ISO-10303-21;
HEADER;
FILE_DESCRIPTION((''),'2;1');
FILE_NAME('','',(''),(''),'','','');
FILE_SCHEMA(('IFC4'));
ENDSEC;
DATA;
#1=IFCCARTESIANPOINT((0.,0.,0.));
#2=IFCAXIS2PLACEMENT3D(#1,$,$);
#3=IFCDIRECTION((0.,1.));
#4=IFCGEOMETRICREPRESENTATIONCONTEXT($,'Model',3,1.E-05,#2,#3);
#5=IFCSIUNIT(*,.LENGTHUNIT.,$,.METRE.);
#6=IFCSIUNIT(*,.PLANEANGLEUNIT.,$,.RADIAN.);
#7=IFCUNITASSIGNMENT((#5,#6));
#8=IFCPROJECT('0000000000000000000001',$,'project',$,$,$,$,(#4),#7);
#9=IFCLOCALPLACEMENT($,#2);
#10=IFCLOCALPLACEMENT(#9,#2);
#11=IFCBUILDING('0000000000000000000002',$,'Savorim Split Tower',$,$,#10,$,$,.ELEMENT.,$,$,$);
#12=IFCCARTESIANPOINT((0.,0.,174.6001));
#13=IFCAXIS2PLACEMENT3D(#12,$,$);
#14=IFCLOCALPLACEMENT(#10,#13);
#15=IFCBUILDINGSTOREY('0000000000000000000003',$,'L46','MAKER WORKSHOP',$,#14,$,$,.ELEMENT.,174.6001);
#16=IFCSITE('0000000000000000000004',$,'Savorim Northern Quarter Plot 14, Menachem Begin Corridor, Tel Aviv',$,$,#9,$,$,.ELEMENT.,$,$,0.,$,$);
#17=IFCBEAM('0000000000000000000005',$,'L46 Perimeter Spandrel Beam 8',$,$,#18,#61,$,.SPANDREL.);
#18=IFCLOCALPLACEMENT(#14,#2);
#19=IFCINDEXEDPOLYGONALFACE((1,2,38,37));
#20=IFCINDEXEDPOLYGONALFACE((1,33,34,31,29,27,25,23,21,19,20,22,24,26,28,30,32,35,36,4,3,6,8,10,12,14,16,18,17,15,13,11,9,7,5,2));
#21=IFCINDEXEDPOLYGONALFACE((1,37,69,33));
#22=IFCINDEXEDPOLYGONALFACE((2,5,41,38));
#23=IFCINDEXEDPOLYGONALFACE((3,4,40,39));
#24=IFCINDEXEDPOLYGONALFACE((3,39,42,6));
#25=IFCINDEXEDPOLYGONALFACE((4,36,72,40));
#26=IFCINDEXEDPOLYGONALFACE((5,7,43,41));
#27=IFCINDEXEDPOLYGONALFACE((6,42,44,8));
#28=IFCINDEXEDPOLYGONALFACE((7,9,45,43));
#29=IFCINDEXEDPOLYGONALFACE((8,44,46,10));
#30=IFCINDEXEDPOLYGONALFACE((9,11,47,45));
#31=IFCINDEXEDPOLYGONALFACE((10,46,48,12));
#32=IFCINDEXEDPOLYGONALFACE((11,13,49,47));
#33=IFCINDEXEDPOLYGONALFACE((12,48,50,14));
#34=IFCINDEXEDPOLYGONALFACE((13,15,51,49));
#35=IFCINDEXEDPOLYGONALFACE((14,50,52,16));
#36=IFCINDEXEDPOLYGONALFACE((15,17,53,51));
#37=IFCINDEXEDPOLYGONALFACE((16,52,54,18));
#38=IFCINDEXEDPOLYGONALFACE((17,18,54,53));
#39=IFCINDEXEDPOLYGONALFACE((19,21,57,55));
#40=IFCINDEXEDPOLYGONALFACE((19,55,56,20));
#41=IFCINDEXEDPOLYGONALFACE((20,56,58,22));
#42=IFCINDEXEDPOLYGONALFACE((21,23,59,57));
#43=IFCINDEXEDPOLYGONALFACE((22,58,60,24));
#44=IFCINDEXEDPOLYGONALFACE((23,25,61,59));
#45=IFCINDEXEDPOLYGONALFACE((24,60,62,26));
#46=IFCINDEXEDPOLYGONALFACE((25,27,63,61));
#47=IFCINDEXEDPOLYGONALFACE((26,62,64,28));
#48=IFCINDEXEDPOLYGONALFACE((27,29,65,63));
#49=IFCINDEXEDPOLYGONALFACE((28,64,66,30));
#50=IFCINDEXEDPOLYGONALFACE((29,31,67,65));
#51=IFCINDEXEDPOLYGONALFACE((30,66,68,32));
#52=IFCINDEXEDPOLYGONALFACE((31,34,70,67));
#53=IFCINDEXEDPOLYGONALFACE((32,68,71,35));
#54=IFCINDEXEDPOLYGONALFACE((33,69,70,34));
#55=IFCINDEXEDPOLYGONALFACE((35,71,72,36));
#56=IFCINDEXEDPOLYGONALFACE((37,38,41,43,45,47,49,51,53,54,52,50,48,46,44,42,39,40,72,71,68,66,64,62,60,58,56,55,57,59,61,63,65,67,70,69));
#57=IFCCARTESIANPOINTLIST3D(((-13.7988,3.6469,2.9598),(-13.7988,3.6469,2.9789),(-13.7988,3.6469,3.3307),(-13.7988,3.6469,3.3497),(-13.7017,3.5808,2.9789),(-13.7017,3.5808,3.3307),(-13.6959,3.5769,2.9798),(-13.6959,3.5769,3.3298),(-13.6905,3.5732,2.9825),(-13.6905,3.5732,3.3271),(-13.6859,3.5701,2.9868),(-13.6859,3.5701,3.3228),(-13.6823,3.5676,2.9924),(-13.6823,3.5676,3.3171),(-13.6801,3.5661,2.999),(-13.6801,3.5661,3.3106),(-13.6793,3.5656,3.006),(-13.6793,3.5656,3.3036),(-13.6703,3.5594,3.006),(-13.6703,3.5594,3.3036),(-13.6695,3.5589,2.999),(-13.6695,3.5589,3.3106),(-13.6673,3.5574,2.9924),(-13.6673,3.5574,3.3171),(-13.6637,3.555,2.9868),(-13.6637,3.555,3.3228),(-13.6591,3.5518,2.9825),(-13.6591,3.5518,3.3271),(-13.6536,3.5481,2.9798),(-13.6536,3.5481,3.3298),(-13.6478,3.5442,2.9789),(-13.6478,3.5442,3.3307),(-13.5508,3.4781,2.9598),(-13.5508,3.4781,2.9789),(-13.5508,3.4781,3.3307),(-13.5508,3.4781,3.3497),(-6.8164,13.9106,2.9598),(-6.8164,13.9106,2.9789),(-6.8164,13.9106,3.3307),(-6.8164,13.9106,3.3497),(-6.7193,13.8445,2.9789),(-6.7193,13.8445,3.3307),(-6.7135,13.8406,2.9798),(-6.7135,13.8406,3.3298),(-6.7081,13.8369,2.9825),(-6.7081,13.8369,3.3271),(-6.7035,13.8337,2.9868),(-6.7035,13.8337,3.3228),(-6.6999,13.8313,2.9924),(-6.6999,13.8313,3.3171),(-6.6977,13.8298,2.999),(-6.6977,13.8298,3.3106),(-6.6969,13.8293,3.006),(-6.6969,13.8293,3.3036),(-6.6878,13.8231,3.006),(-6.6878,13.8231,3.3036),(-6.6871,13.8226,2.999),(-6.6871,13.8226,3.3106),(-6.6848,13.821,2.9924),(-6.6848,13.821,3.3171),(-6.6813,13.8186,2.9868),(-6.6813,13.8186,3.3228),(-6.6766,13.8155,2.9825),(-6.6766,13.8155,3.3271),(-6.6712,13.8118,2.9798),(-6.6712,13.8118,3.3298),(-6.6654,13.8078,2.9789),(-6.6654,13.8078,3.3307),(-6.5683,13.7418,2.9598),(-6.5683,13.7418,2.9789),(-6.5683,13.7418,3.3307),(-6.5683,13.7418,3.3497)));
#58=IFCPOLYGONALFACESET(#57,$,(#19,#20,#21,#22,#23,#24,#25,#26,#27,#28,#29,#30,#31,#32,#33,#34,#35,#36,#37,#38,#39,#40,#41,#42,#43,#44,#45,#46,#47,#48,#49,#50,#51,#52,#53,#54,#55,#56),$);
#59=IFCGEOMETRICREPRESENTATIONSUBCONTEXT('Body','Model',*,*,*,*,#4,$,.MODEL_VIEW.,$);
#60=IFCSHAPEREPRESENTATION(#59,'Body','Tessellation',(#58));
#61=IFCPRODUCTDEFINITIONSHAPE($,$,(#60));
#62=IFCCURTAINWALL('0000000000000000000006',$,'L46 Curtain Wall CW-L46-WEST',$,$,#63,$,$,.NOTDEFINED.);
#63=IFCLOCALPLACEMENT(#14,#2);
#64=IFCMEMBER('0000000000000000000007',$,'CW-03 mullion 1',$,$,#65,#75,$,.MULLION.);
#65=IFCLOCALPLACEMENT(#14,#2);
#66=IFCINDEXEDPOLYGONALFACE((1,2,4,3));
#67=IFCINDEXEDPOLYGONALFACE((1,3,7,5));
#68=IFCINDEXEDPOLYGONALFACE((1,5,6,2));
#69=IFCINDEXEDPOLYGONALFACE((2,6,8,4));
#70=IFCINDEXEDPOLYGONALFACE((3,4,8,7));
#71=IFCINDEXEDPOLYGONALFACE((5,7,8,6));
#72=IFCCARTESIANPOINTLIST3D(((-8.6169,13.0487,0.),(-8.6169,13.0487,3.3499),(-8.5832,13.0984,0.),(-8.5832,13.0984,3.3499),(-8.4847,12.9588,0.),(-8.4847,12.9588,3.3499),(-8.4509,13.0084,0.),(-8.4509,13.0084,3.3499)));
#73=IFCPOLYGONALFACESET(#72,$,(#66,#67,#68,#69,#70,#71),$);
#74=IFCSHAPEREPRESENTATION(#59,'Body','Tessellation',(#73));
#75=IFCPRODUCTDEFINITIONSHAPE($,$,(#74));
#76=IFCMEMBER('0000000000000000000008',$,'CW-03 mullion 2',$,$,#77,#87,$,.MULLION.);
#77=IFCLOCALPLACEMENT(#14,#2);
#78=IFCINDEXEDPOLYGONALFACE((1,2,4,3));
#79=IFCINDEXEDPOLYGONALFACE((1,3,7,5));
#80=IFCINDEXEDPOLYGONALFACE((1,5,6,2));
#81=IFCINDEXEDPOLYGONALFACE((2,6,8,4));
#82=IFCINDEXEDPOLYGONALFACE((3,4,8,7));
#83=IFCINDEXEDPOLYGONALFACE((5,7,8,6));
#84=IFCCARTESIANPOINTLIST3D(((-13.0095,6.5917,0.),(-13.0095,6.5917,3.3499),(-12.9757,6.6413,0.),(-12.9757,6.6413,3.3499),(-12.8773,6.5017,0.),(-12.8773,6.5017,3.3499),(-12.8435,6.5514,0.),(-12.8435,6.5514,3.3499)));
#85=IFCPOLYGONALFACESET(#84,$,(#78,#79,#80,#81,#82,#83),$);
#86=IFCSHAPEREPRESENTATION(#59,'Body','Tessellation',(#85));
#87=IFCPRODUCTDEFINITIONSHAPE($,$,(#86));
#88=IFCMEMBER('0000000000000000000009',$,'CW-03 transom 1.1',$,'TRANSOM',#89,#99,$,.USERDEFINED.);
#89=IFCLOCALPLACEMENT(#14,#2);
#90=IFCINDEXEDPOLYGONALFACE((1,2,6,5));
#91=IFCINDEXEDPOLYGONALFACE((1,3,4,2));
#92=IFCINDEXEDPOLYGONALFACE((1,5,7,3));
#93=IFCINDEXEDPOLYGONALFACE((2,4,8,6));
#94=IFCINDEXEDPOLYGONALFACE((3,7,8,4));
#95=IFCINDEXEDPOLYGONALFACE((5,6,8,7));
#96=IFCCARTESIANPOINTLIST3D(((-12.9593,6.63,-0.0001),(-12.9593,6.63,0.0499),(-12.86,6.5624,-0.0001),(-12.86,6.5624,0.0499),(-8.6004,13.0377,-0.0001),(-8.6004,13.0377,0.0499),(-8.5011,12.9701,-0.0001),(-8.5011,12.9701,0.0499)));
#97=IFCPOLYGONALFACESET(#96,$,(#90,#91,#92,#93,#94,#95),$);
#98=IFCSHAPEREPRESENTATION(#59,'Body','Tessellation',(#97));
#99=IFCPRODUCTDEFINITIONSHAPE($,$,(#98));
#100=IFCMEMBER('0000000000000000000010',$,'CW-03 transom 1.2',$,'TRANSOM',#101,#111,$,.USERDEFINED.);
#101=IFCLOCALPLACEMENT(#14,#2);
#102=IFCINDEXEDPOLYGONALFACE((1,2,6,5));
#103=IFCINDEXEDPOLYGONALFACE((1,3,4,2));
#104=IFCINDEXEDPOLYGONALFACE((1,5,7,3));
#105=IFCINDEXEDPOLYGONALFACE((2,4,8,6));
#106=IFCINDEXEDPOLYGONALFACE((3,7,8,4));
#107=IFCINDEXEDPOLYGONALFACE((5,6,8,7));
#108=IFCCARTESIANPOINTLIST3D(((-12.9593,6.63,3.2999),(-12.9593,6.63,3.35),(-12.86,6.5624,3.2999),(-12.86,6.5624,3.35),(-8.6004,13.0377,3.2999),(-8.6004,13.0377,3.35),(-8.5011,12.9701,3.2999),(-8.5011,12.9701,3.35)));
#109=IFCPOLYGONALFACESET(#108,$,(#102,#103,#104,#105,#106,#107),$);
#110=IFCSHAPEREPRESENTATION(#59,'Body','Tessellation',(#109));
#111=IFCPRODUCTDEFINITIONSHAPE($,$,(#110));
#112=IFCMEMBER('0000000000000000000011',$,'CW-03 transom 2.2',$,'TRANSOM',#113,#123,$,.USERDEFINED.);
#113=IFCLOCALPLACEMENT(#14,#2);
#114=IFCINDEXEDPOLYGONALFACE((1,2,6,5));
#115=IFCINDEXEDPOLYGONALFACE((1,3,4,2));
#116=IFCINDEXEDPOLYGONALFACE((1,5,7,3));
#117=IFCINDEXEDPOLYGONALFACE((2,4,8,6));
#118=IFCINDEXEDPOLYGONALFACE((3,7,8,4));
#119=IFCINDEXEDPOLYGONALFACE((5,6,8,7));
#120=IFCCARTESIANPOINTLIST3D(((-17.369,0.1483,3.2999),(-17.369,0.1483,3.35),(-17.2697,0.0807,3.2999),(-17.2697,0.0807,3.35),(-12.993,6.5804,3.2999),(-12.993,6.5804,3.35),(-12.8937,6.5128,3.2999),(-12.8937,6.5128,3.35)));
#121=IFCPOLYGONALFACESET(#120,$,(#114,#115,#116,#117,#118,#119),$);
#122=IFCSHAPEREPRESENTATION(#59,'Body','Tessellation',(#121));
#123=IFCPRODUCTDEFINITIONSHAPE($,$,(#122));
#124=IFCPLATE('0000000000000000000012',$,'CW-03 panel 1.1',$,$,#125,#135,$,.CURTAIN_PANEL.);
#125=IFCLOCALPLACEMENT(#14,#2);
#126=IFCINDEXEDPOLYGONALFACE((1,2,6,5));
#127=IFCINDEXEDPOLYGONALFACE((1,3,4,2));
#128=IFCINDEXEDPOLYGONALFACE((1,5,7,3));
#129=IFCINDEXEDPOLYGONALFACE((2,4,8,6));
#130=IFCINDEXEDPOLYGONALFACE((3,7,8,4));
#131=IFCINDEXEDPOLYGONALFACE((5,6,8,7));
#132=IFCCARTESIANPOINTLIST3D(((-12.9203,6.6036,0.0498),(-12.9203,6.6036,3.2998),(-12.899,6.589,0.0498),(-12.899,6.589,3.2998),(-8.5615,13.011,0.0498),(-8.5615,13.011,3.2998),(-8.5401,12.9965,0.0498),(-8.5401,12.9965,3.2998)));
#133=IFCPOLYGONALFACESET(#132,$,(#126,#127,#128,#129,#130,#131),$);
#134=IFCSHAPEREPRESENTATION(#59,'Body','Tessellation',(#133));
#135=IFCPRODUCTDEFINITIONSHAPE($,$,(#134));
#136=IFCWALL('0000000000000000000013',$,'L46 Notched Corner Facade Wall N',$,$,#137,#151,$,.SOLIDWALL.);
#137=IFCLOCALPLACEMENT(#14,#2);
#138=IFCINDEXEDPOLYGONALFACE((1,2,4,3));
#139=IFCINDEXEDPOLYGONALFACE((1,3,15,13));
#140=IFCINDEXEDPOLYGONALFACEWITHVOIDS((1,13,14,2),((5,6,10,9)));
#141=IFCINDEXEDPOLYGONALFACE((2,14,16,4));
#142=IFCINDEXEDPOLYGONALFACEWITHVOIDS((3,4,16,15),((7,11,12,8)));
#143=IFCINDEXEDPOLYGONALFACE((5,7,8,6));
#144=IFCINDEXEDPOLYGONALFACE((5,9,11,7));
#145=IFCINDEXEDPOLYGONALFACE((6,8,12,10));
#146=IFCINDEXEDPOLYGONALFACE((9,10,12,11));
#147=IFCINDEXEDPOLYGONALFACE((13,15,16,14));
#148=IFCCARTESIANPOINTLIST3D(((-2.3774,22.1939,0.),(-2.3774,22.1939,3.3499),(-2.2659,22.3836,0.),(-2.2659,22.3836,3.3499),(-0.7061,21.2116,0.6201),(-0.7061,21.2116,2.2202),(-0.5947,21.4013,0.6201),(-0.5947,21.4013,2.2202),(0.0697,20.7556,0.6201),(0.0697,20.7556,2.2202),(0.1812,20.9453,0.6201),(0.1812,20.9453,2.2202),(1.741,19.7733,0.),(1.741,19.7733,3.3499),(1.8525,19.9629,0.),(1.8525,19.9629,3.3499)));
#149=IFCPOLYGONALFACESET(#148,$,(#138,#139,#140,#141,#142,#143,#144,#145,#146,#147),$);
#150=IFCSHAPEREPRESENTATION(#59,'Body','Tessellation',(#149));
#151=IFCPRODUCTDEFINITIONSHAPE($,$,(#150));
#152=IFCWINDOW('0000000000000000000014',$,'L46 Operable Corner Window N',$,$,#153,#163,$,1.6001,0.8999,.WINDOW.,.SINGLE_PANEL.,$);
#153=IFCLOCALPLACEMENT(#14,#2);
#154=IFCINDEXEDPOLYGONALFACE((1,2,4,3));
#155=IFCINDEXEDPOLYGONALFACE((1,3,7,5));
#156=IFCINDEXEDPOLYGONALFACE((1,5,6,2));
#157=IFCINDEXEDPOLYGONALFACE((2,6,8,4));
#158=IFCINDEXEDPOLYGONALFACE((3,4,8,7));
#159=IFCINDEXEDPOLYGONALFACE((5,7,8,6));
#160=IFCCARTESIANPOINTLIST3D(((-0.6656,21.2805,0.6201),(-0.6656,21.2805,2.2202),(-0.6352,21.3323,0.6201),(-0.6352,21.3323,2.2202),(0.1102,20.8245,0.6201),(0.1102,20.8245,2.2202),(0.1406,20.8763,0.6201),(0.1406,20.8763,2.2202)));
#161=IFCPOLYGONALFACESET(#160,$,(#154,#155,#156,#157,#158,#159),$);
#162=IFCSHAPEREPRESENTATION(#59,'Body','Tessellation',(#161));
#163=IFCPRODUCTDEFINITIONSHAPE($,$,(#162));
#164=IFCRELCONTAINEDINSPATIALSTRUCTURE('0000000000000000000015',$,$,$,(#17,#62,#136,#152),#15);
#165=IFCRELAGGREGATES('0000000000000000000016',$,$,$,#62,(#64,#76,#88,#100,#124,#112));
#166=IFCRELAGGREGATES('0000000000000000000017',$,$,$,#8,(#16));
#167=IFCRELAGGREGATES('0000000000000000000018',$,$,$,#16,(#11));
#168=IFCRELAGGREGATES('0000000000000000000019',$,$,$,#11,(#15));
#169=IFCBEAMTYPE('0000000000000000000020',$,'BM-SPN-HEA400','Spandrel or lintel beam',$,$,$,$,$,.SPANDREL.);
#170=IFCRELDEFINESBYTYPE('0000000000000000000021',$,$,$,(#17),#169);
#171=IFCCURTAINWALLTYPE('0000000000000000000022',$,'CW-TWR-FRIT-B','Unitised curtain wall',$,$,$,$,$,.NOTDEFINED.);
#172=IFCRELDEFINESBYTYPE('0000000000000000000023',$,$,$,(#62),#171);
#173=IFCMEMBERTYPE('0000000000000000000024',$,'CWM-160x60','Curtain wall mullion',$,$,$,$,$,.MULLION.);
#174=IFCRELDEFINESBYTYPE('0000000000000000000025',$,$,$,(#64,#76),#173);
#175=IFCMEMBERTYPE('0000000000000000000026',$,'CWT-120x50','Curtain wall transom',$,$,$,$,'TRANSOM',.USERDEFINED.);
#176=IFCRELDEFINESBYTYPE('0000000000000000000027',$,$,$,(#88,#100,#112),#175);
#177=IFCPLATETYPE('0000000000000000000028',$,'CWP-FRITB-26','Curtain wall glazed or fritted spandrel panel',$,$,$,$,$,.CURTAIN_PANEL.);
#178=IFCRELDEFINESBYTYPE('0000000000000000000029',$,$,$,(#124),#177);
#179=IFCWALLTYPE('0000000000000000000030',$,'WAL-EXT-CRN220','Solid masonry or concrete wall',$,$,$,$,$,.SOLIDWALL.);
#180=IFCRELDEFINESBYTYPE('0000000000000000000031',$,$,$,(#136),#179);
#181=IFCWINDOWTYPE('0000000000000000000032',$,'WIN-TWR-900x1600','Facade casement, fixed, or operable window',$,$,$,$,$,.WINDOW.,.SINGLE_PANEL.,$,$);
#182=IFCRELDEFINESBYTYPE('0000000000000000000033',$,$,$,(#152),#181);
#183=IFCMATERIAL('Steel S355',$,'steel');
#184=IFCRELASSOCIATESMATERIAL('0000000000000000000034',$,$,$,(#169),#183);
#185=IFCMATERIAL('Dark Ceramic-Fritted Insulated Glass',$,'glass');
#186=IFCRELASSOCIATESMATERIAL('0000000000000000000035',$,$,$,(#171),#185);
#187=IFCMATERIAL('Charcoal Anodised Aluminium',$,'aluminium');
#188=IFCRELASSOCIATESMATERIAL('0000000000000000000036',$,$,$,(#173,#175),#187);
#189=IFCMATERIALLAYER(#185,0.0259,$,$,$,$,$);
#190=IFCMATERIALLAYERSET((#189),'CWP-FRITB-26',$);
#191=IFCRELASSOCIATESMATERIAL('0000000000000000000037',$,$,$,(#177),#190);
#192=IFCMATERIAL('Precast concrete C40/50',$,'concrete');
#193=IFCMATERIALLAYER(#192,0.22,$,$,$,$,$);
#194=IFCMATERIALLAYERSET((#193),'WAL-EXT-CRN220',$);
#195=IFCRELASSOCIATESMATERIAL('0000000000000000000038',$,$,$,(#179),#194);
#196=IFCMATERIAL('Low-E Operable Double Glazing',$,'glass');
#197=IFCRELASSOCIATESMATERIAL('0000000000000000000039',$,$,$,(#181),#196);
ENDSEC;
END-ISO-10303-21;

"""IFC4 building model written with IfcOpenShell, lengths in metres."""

from ifc_helpers import new_model, si_unit, direction, frame, frame_2d, origin, origin_2d, place, context, subcontext, project, spatial, rectangle, i_section, extrude, material, layer, layer_set, material_profile, profile_set, type_object, element, fill, aggregate, save


model = new_model("IFC4")

# Units and contexts
model_context = context("Model", 3, precision=1e-05, world=origin(), true_north=direction((0.0, 1.0)))
body_context = subcontext(model_context, "Body", "Model", "MODEL_VIEW")
ifc_project = project(units=[si_unit("LENGTHUNIT", "METRE"), si_unit("PLANEANGLEUNIT", "RADIAN")], contexts=[model_context])

# Site, building, storey
site_placement = place(None, origin())
site = spatial("IfcSite", under=ifc_project, at=site_placement, Name="Savorim Northern Quarter Plot 14, Menachem Begin Corridor, Tel Aviv", CompositionType="ELEMENT", RefElevation=0.0)
building_placement = place(site_placement, origin())
building = spatial("IfcBuilding", under=site, at=building_placement, Name="Savorim Split Tower", CompositionType="ELEMENT")
storey_placement = place(building_placement, frame((0.0, 0.0, 174.6001)))
storey = spatial("IfcBuildingStorey", under=building, at=storey_placement, Name="L46", Description="MAKER WORKSHOP", CompositionType="ELEMENT", Elevation=174.6001)

# Beam
ifc_material_1 = material(Name="Steel S355", Category="steel")
ifc_material_profile_1 = material_profile(ifc_material_1, i_section(OverallWidth=0.3, OverallDepth=0.3899, WebThickness=0.011, FlangeThickness=0.019, FilletRadius=0.0271, at=origin_2d()), Name="HEA 400")
ifc_profile_set_1 = profile_set([ifc_material_profile_1], Name="Steel S355")
beam_type_1 = type_object("IfcBeamType", Name="BM-SPN-HEA400", Description="Spandrel or lintel beam", PredefinedType="SPANDREL", material=ifc_profile_set_1)
beam_1_placement = place(storey_placement, frame((-6.6924, 13.8262, 3.1548), z_axis=(-0.562482, -0.826809, 0.0), x_axis=(0.826809, -0.562482, 0.0)))
element("IfcBeam", 1, at=beam_1_placement, inside=storey, type_object=beam_type_1, Name="L46 Perimeter Spandrel Beam 8", PredefinedType="SPANDREL", context=body_context, shape_type="SweptSolid", body=[
    extrude(i_section(OverallWidth=0.3, OverallDepth=0.3899, WebThickness=0.011, FlangeThickness=0.019, FilletRadius=0.0271, at=origin_2d()), origin(), (0.0, 0.0, 1.0), 12.4136),
])

# Curtain wall, members, plate
ifc_material_2 = material(Name="Dark Ceramic-Fritted Insulated Glass", Category="glass")
curtain_wall_type = type_object("IfcCurtainWallType", Name="CW-TWR-FRIT-B", Description="Unitised curtain wall", PredefinedType="NOTDEFINED", material=ifc_material_2)
curtain_wall_placement = place(storey_placement, origin())
curtain_wall = element("IfcCurtainWall", 2, at=curtain_wall_placement, inside=storey, type_object=curtain_wall_type, Name="L46 Curtain Wall CW-L46-WEST", PredefinedType="NOTDEFINED")
ifc_material_3 = material(Name="Charcoal Anodised Aluminium", Category="aluminium")
ifc_material_profile_2 = material_profile(ifc_material_3, rectangle(XDim=0.1599, YDim=0.0601, at=origin_2d()), Name="ALU-M 160x60")
ifc_profile_set_2 = profile_set([ifc_material_profile_2], Name="Charcoal Anodised Aluminium")
member_type_1 = type_object("IfcMemberType", Name="CWM-160x60", Description="Curtain wall mullion", PredefinedType="MULLION", material=ifc_profile_set_2)
member_1_placement = place(storey_placement, frame((-8.5339, 13.0286, 0.0), z_axis=(0.0, 0.0, 1.0), x_axis=(0.826819, -0.562468, 0.0)))
member_1 = element("IfcMember", 3, at=member_1_placement, type_object=member_type_1, Name="CW-03 mullion 1", PredefinedType="MULLION", context=body_context, shape_type="SweptSolid", body=[
    extrude(rectangle(XDim=0.1599, YDim=0.0601, at=origin_2d()), origin(), (0.0, 0.0, 1.0), 3.3499),
])
member_2_placement = place(storey_placement, frame((-12.9265, 6.5715, 0.0), z_axis=(0.0, 0.0, 1.0), x_axis=(0.826819, -0.562468, 0.0)))
member_2 = element("IfcMember", 4, at=member_2_placement, type_object=member_type_1, Name="CW-03 mullion 2", PredefinedType="MULLION", context=body_context, shape_type="SweptSolid", body=[
    extrude(rectangle(XDim=0.1599, YDim=0.0601, at=origin_2d()), origin(), (0.0, 0.0, 1.0), 3.3499),
])
ifc_material_profile_3 = material_profile(ifc_material_3, rectangle(XDim=0.1201, YDim=0.05, at=origin_2d()), Name="ALU-T 120x50")
ifc_profile_set_3 = profile_set([ifc_material_profile_3], Name="Charcoal Anodised Aluminium")
member_type_2 = type_object("IfcMemberType", Name="CWT-120x50", Description="Curtain wall transom", ElementType="TRANSOM", PredefinedType="USERDEFINED", material=ifc_profile_set_3)
member_3_placement = place(storey_placement, frame((-8.5508, 13.0039, 0.0249), z_axis=(-0.562455, -0.826828, 0.0), x_axis=(0.826828, -0.562455, 0.0)))
member_3 = element("IfcMember", 5, at=member_3_placement, type_object=member_type_2, Name="CW-03 transom 1.1", ObjectType="TRANSOM", PredefinedType="USERDEFINED", context=body_context, shape_type="SweptSolid", body=[
    extrude(rectangle(XDim=0.1201, YDim=0.05, at=origin_2d()), origin(), (0.0, 0.0, 1.0), 7.7498),
])
member_4_placement = place(storey_placement, frame((-8.5508, 13.0039, 3.325), z_axis=(-0.562455, -0.826828, 0.0), x_axis=(0.826828, -0.562455, 0.0)))
member_4 = element("IfcMember", 6, at=member_4_placement, type_object=member_type_2, Name="CW-03 transom 1.2", ObjectType="TRANSOM", PredefinedType="USERDEFINED", context=body_context, shape_type="SweptSolid", body=[
    extrude(rectangle(XDim=0.1201, YDim=0.05, at=origin_2d()), origin(), (0.0, 0.0, 1.0), 7.7498),
])
member_5_placement = place(storey_placement, frame((-12.9434, 6.5466, 3.325), z_axis=(-0.562497, -0.826799, 0.0), x_axis=(0.826799, -0.562497, 0.0)))
member_5 = element("IfcMember", 7, at=member_5_placement, type_object=member_type_2, Name="CW-03 transom 2.2", ObjectType="TRANSOM", PredefinedType="USERDEFINED", context=body_context, shape_type="SweptSolid", body=[
    extrude(rectangle(XDim=0.1201, YDim=0.05, at=origin_2d()), origin(), (0.0, 0.0, 1.0), 7.7795),
])
ifc_layer_1 = layer(ifc_material_2, 0.0259)
ifc_layer_set_1 = layer_set([ifc_layer_1], Name="CWP-FRITB-26")
plate_type = type_object("IfcPlateType", Name="CWP-FRITB-26", Description="Curtain wall glazed or fritted spandrel panel", PredefinedType="CURTAIN_PANEL", material=ifc_layer_set_1)
plate_placement = place(storey_placement, frame((-10.7302, 9.8, 0.0498), z_axis=(0.0, 0.0, 1.0), x_axis=(-0.562468, -0.826819, 0.0)))
plate = element("IfcPlate", 8, at=plate_placement, type_object=plate_type, Name="CW-03 panel 1.1", PredefinedType="CURTAIN_PANEL", context=body_context, shape_type="SweptSolid", body=[
    extrude(rectangle(XDim=7.7495, YDim=0.0259, at=origin_2d()), origin(), (0.0, 0.0, 1.0), 3.25),
])
aggregate(curtain_wall, [member_1, member_2, member_3, member_4, plate, member_5])

# Wall, opening, window
ifc_material_4 = material(Name="Precast concrete C40/50", Category="concrete")
ifc_layer_2 = layer(ifc_material_4, 0.22)
ifc_layer_set_2 = layer_set([ifc_layer_2], Name="WAL-EXT-CRN220")
wall_type_1 = type_object("IfcWallType", Name="WAL-EXT-CRN220", Description="Solid masonry or concrete wall", PredefinedType="SOLIDWALL", material=ifc_layer_set_2)
wall_1_placement = place(storey_placement, frame((-2.3218, 22.2888, 0.0), z_axis=(0.0, 0.0, 1.0), x_axis=(0.862112, -0.506719, 0.0)))
wall_1 = element("IfcWall", 9, at=wall_1_placement, inside=storey, type_object=wall_type_1, Name="L46 Notched Corner Facade Wall N", PredefinedType="SOLIDWALL", context=body_context, shape_type="SweptSolid", body=[
    extrude(rectangle(XDim=4.7771, YDim=0.22, at=frame_2d((2.3887, 0.0))), origin(), (0.0, 0.0, 1.0), 3.3499),
])
opening_1_placement = place(wall_1_placement, frame((1.9387, 0.0, 0.6201)))
opening_1 = element("IfcOpeningElement", 10, at=opening_1_placement, cuts=wall_1, PredefinedType="OPENING", context=body_context, shape_type="SweptSolid", body=[
    extrude(rectangle(XDim=0.8999, YDim=1.6001, at=frame_2d((0.45, 0.8))), frame((0.0, 0.1199, 0.0), z_axis=(0.0, -1.0, 0.0), x_axis=(1.0, 0.0, 0.0)), (0.0, 0.0, 1.0), 0.24),
])
ifc_material_5 = material(Name="Low-E Operable Double Glazing", Category="glass")
window_type_1 = type_object("IfcWindowType", Name="WIN-TWR-900x1600", Description="Facade casement, fixed, or operable window", PartitioningType="SINGLE_PANEL", PredefinedType="WINDOW", material=ifc_material_5)
window_1_placement = place(opening_1_placement, origin())
window_1 = element("IfcWindow", 11, at=window_1_placement, inside=storey, type_object=window_type_1, Name="L46 Operable Corner Window N", OverallHeight=1.6001, OverallWidth=0.8999, PartitioningType="SINGLE_PANEL", PredefinedType="WINDOW", context=body_context, shape_type="SweptSolid", body=[
    extrude(rectangle(XDim=0.8999, YDim=1.6001, at=frame_2d((0.45, 0.8))), frame((0.0, 0.03, 0.0), z_axis=(0.0, -1.0, 0.0), x_axis=(1.0, 0.0, 0.0)), (0.0, 0.0, 1.0), 0.0601),
])
fill(opening_1, window_1)

save(model, "model.ifc")
